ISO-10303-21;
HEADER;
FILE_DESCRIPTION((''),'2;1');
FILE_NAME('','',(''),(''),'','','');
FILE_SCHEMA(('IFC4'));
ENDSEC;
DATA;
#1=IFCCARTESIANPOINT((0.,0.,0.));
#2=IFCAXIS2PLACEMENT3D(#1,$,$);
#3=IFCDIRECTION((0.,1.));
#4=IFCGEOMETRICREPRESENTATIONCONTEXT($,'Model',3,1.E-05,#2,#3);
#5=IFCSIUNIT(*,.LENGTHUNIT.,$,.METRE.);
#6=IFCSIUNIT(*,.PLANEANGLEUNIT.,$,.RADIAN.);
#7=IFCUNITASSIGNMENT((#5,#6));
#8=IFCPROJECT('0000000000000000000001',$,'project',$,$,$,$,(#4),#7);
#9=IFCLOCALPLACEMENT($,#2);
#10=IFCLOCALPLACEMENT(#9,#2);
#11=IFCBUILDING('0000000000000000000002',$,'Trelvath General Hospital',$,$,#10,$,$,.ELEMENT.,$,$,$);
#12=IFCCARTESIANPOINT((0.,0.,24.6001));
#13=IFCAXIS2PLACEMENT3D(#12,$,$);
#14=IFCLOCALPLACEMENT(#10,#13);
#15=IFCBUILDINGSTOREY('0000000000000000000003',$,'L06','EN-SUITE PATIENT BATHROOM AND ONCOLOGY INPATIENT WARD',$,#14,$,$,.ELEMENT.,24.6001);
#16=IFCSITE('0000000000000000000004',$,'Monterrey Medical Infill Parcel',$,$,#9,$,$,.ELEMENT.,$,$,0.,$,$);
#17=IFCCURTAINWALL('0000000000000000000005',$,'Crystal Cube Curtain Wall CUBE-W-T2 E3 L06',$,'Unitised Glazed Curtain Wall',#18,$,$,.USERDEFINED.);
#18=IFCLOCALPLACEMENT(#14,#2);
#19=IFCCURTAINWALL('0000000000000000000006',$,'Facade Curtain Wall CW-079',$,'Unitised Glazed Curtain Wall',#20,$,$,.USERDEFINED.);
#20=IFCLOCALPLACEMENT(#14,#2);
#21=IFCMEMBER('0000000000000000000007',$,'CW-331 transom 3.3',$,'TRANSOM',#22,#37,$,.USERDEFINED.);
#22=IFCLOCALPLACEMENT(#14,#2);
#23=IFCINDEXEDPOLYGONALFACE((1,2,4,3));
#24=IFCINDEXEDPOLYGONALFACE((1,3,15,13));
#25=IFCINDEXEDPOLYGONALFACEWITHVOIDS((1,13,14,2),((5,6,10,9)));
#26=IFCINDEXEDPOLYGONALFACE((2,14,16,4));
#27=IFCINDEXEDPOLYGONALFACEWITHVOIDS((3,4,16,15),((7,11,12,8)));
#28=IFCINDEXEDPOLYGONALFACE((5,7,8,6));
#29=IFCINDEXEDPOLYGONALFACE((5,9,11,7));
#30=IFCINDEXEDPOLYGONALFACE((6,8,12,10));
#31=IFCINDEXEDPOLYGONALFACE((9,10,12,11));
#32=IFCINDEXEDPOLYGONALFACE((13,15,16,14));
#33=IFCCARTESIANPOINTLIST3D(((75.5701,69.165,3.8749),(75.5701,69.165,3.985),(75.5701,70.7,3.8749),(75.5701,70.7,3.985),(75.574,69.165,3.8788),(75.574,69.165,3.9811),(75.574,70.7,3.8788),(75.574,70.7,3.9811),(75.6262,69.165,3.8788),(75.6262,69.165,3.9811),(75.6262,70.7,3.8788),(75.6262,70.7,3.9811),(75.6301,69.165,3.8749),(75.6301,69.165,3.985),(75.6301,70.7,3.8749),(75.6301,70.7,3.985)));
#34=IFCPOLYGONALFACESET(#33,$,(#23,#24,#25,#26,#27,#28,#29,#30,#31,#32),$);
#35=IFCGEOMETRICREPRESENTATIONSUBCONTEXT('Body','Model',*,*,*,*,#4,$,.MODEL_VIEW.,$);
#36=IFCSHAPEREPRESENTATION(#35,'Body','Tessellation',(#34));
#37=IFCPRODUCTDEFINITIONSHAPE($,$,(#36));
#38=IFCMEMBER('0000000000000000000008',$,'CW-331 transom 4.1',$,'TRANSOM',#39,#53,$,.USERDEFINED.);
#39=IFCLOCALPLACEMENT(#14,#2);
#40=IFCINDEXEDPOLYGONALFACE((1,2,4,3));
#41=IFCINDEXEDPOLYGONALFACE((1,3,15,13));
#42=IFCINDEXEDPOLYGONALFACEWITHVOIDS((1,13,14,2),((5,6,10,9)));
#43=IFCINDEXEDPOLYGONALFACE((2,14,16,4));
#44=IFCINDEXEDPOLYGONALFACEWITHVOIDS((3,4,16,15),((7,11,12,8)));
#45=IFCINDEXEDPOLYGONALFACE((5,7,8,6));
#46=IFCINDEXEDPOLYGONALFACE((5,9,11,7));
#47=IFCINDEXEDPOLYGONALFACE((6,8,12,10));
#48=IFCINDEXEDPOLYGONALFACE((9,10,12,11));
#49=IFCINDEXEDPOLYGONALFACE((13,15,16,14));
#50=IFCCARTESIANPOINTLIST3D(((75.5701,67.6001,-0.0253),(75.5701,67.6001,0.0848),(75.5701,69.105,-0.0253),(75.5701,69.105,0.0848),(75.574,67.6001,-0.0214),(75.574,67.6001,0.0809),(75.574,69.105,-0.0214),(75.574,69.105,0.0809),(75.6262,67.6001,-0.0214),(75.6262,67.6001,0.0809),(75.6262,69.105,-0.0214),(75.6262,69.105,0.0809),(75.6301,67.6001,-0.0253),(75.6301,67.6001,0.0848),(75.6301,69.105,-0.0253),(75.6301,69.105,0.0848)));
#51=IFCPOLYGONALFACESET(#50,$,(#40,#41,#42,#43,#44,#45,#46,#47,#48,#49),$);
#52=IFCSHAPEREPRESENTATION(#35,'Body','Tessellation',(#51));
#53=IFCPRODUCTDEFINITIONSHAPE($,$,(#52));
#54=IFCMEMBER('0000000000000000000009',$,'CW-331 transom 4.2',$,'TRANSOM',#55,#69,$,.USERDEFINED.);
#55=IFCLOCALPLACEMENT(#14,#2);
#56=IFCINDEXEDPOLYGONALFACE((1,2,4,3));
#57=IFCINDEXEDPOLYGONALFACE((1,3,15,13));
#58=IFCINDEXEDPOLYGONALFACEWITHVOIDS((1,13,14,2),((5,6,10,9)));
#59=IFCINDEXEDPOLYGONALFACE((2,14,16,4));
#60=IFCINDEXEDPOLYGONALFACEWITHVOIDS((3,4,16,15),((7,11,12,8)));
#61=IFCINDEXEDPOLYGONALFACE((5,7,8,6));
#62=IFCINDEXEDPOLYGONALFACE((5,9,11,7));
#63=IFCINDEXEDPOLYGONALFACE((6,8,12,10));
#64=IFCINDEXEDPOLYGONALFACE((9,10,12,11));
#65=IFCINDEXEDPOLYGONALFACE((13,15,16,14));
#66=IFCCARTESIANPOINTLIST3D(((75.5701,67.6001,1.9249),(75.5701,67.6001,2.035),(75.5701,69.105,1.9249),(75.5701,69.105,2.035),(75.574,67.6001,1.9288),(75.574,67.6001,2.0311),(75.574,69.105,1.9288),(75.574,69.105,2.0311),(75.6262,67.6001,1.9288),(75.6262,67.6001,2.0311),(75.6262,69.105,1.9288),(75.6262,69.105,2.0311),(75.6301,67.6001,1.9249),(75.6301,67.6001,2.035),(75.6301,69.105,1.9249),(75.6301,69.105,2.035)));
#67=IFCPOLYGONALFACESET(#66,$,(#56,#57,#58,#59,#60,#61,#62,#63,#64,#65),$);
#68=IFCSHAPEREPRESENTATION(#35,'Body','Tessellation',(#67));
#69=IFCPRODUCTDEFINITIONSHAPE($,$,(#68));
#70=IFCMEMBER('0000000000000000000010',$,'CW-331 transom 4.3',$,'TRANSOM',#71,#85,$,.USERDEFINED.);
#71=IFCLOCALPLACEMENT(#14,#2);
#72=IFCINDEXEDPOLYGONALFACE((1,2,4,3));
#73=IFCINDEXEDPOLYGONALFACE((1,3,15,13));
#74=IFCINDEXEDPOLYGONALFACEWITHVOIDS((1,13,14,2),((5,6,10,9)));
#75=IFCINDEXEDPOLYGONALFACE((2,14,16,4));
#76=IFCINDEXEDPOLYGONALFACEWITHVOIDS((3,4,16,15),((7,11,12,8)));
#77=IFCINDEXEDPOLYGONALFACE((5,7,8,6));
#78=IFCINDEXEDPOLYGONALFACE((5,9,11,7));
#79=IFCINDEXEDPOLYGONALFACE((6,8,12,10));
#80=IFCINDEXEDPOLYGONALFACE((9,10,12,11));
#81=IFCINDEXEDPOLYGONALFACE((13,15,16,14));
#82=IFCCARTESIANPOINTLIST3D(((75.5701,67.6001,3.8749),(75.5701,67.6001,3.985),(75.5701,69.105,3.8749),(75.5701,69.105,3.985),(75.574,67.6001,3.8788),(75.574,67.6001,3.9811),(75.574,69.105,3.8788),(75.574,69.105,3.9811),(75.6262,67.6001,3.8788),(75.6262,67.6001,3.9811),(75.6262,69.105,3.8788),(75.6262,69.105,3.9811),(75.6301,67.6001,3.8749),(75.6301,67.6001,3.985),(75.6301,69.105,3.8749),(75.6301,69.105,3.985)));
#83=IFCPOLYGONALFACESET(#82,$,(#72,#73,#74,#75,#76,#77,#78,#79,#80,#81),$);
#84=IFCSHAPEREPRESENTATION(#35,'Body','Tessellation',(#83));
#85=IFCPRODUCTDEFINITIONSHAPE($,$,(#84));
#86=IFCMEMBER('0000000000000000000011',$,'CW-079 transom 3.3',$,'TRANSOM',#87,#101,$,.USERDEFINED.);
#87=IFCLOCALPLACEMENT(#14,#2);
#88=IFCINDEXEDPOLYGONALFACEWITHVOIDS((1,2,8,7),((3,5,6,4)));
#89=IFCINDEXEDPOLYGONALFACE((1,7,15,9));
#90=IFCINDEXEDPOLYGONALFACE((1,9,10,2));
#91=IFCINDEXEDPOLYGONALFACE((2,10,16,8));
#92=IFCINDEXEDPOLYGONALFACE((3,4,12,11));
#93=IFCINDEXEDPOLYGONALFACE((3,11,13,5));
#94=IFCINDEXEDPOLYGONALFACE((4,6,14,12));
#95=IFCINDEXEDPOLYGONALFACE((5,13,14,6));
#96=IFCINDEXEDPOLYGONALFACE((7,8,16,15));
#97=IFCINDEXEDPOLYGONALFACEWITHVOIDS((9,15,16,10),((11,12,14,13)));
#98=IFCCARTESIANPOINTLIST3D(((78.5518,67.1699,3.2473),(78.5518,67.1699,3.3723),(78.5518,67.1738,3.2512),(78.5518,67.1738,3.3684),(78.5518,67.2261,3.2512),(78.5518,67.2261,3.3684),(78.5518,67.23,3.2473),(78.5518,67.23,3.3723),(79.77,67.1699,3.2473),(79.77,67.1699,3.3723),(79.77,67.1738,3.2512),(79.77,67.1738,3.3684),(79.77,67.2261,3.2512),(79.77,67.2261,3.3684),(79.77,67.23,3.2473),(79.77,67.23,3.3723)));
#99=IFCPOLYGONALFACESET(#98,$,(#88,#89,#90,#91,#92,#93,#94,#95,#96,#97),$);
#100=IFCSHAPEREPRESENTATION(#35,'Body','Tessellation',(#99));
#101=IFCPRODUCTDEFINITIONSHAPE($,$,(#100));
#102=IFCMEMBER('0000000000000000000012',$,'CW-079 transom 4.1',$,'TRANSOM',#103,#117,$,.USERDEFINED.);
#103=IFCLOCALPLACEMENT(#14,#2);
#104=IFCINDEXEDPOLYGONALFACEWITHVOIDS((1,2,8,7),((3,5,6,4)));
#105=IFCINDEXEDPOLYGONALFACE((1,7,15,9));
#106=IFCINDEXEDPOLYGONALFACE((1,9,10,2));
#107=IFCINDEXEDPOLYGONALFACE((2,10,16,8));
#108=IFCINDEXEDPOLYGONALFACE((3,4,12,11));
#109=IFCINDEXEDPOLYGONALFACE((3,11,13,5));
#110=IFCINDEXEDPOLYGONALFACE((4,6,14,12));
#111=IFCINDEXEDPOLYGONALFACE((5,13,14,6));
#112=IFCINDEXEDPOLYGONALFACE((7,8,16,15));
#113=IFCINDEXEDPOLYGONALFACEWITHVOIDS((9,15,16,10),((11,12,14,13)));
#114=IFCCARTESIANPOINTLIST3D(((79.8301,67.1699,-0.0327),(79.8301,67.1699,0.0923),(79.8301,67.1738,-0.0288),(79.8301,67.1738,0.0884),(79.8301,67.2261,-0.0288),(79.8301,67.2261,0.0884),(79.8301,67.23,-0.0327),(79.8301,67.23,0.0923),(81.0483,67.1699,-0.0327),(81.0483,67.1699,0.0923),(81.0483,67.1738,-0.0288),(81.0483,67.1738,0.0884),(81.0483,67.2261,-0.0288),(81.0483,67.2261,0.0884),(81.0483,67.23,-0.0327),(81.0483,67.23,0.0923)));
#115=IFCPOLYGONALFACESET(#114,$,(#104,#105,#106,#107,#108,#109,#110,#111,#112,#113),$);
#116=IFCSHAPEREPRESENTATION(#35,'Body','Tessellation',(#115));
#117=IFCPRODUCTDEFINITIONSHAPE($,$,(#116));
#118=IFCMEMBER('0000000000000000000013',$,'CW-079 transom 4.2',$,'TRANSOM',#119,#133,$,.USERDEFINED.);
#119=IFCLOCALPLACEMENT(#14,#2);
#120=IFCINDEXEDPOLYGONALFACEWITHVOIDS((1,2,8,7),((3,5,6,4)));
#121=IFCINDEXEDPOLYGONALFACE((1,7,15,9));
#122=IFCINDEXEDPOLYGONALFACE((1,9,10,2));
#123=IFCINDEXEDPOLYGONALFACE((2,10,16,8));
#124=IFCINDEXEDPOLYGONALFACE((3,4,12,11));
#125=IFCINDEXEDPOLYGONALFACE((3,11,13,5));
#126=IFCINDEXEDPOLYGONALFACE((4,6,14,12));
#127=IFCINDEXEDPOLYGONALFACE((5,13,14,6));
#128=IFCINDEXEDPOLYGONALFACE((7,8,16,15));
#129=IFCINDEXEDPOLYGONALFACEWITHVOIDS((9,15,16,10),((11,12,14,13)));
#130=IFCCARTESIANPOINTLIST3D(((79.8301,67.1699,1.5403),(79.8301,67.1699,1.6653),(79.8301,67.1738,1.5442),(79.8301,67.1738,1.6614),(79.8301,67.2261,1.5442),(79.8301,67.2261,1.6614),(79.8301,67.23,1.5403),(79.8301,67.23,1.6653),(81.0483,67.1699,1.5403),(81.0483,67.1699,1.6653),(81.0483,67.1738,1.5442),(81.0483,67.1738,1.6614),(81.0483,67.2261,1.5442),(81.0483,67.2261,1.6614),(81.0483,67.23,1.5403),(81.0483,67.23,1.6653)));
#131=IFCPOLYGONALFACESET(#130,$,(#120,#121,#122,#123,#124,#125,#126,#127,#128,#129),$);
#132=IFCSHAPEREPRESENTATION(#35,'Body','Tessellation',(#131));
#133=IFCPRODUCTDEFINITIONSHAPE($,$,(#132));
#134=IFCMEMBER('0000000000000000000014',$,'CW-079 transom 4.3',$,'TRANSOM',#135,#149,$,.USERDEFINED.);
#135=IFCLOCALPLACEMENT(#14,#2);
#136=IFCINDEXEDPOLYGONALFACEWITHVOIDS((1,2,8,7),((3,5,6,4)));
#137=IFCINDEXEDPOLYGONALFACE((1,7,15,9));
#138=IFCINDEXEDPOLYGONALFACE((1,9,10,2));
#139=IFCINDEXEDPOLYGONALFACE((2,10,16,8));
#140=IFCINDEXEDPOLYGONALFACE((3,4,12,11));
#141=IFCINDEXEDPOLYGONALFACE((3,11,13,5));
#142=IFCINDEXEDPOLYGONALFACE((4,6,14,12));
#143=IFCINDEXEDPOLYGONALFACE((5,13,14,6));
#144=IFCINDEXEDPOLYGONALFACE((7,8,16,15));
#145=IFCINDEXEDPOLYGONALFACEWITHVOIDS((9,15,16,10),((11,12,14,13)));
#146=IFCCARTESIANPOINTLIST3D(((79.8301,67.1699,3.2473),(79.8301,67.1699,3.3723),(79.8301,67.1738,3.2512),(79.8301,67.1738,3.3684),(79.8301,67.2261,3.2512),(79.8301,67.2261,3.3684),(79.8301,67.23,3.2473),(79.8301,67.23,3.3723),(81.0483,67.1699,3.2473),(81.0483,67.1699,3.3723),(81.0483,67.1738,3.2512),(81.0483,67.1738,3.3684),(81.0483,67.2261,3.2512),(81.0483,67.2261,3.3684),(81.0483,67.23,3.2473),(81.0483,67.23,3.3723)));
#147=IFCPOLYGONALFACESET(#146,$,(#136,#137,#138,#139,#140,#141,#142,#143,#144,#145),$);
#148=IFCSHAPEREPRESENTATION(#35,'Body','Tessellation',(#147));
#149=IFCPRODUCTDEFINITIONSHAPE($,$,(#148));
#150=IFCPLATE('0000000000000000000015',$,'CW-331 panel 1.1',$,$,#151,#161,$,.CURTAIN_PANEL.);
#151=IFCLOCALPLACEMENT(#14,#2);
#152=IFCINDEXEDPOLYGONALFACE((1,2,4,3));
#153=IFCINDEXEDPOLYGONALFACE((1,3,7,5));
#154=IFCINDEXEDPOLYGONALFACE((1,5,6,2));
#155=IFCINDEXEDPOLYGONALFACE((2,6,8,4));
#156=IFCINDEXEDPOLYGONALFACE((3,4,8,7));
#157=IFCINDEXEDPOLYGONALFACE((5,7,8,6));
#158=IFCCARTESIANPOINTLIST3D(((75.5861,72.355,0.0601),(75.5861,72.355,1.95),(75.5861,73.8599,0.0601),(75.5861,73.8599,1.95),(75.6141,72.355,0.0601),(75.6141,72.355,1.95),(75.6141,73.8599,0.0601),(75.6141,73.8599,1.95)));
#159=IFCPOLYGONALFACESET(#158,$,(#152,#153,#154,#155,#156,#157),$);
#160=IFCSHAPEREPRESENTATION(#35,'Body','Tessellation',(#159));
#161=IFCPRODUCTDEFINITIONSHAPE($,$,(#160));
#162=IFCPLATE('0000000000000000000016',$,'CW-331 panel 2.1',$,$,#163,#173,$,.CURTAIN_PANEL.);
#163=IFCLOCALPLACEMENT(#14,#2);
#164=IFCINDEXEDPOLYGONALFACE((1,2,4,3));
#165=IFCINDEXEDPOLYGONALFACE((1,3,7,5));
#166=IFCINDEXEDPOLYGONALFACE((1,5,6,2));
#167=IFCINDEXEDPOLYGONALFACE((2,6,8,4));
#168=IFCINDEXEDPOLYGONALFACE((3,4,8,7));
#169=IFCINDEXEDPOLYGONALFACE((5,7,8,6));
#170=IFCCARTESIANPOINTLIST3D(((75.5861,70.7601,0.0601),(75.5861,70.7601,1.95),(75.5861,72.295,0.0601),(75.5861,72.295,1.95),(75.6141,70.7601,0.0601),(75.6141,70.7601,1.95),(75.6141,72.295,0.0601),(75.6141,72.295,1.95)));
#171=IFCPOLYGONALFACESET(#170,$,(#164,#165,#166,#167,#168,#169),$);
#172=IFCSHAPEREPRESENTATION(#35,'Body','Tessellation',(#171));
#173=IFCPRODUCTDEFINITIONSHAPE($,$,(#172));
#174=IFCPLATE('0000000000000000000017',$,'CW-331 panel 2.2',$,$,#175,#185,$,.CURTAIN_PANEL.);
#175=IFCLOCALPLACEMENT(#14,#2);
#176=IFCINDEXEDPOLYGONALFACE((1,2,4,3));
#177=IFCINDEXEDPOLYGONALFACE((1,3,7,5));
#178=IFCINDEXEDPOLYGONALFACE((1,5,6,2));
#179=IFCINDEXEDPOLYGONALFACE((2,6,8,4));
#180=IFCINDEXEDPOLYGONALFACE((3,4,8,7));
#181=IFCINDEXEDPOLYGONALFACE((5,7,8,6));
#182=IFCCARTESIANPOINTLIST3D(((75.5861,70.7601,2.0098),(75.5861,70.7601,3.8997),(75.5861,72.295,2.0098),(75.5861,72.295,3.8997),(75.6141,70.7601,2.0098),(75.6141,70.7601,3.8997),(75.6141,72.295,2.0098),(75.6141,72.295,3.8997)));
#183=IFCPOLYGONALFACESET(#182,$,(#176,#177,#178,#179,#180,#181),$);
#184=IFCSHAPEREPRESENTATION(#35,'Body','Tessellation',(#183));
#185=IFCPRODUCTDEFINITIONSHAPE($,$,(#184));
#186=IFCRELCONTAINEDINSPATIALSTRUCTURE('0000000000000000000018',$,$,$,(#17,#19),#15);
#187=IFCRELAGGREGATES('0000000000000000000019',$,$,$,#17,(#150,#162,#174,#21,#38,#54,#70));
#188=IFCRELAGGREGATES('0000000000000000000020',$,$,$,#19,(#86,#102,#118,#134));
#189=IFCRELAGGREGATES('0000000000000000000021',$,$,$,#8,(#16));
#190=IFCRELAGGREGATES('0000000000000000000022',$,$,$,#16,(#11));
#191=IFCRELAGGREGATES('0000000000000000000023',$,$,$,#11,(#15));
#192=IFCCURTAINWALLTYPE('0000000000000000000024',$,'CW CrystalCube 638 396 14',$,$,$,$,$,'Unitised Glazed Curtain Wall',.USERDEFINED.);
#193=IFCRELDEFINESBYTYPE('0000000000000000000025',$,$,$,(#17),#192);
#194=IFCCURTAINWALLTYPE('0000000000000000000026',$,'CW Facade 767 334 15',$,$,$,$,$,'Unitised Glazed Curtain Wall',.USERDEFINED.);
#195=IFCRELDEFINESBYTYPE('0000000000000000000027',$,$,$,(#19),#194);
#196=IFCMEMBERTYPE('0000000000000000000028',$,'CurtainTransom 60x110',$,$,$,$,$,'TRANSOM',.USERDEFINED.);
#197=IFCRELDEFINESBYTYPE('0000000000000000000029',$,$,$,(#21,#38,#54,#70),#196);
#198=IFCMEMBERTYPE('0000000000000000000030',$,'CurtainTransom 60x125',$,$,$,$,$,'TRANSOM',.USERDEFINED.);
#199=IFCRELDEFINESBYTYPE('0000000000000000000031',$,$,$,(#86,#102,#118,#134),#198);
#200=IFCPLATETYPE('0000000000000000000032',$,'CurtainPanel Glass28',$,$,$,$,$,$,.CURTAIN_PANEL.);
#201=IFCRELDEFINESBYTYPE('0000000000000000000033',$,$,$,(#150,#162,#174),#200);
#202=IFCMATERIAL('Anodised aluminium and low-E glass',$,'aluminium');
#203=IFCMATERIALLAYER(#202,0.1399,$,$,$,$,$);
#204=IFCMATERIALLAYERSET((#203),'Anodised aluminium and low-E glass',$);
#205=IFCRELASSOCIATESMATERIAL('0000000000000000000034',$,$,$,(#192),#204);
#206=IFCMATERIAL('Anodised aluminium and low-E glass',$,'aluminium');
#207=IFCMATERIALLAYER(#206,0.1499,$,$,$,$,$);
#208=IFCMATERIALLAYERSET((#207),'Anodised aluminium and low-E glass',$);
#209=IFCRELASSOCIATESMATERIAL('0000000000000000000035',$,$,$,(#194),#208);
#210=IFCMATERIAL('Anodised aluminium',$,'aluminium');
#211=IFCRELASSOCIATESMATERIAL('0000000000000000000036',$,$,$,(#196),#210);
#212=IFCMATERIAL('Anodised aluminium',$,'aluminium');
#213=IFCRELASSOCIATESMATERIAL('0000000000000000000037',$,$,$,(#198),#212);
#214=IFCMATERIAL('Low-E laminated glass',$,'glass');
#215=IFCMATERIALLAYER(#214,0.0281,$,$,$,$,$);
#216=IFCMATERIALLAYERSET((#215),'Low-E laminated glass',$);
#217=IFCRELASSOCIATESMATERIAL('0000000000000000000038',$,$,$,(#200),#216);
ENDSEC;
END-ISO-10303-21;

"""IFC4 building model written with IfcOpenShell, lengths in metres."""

from ifc_helpers import new_model, si_unit, direction, frame, origin, origin_2d, place, context, subcontext, project, spatial, rectangle, hollow_rectangle, extrude, material, layer, layer_set, material_profile, profile_set, type_object, element, aggregate, save


model = new_model("IFC4")

# Units and contexts
model_context = context("Model", 3, precision=1e-05, world=origin(), true_north=direction((0.0, 1.0)))
body_context = subcontext(model_context, "Body", "Model", "MODEL_VIEW")
ifc_project = project(units=[si_unit("LENGTHUNIT", "METRE"), si_unit("PLANEANGLEUNIT", "RADIAN")], contexts=[model_context])

# Site, building, storey
site_placement = place(None, origin())
site = spatial("IfcSite", under=ifc_project, at=site_placement, Name="Monterrey Medical Infill Parcel", CompositionType="ELEMENT", RefElevation=0.0)
building_placement = place(site_placement, origin())
building = spatial("IfcBuilding", under=site, at=building_placement, Name="Trelvath General Hospital", CompositionType="ELEMENT")
storey_placement = place(building_placement, frame((0.0, 0.0, 24.6001)))
storey = spatial("IfcBuildingStorey", under=building, at=storey_placement, Name="L06", Description="EN-SUITE PATIENT BATHROOM AND ONCOLOGY INPATIENT WARD", CompositionType="ELEMENT", Elevation=24.6001)

# Curtain wall
ifc_material_1 = material(Name="Anodised aluminium and low-E glass", Category="aluminium")
ifc_layer_1 = layer(ifc_material_1, 0.1399)
ifc_layer_set_1 = layer_set([ifc_layer_1], Name="Anodised aluminium and low-E glass")
curtain_wall_type_1 = type_object("IfcCurtainWallType", Name="CW CrystalCube 638 396 14", ElementType="Unitised Glazed Curtain Wall", PredefinedType="USERDEFINED", material=ifc_layer_set_1)
curtain_wall_1_placement = place(storey_placement, origin())
curtain_wall_1 = element("IfcCurtainWall", 1, at=curtain_wall_1_placement, inside=storey, type_object=curtain_wall_type_1, Name="Crystal Cube Curtain Wall CUBE-W-T2 E3 L06", ObjectType="Unitised Glazed Curtain Wall", PredefinedType="USERDEFINED")

# Curtain wall
ifc_material_2 = material(Name="Anodised aluminium and low-E glass", Category="aluminium")
ifc_layer_2 = layer(ifc_material_2, 0.1499)
ifc_layer_set_2 = layer_set([ifc_layer_2], Name="Anodised aluminium and low-E glass")
curtain_wall_type_2 = type_object("IfcCurtainWallType", Name="CW Facade 767 334 15", ElementType="Unitised Glazed Curtain Wall", PredefinedType="USERDEFINED", material=ifc_layer_set_2)
curtain_wall_2_placement = place(storey_placement, origin())
curtain_wall_2 = element("IfcCurtainWall", 2, at=curtain_wall_2_placement, inside=storey, type_object=curtain_wall_type_2, Name="Facade Curtain Wall CW-079", ObjectType="Unitised Glazed Curtain Wall", PredefinedType="USERDEFINED")

# Members
ifc_material_3 = material(Name="Anodised aluminium", Category="aluminium")
ifc_material_profile_1 = material_profile(ifc_material_3, hollow_rectangle(XDim=0.0601, YDim=0.1101, WallThickness=0.0039, at=origin_2d()), Name="RHS60x110x4")
ifc_profile_set_1 = profile_set([ifc_material_profile_1], Name="Anodised aluminium")
member_type_1 = type_object("IfcMemberType", Name="CurtainTransom 60x110", ElementType="TRANSOM", PredefinedType="USERDEFINED", material=ifc_profile_set_1)
member_1_placement = place(storey_placement, frame((75.6001, 70.7, 3.9299), z_axis=(0.0, -1.0, 0.0), x_axis=(1.0, 0.0, 0.0)))
member_1 = element("IfcMember", 3, at=member_1_placement, type_object=member_type_1, Name="CW-331 transom 3.3", ObjectType="TRANSOM", PredefinedType="USERDEFINED", context=body_context, shape_type="SweptSolid", body=[
    extrude(hollow_rectangle(XDim=0.0601, YDim=0.1101, WallThickness=0.0039, at=origin_2d()), origin(), (0.0, 0.0, 1.0), 1.5349),
])
member_2_placement = place(storey_placement, frame((75.6001, 69.105, 0.0298), z_axis=(0.0, -1.0, 0.0), x_axis=(1.0, 0.0, 0.0)))
member_2 = element("IfcMember", 4, at=member_2_placement, type_object=member_type_1, Name="CW-331 transom 4.1", ObjectType="TRANSOM", PredefinedType="USERDEFINED", context=body_context, shape_type="SweptSolid", body=[
    extrude(hollow_rectangle(XDim=0.0601, YDim=0.1101, WallThickness=0.0039, at=origin_2d()), origin(), (0.0, 0.0, 1.0), 1.5049),
])
member_3_placement = place(storey_placement, frame((75.6001, 69.105, 1.98), z_axis=(0.0, -1.0, 0.0), x_axis=(1.0, 0.0, 0.0)))
member_3 = element("IfcMember", 5, at=member_3_placement, type_object=member_type_1, Name="CW-331 transom 4.2", ObjectType="TRANSOM", PredefinedType="USERDEFINED", context=body_context, shape_type="SweptSolid", body=[
    extrude(hollow_rectangle(XDim=0.0601, YDim=0.1101, WallThickness=0.0039, at=origin_2d()), origin(), (0.0, 0.0, 1.0), 1.5049),
])
member_4_placement = place(storey_placement, frame((75.6001, 69.105, 3.9299), z_axis=(0.0, -1.0, 0.0), x_axis=(1.0, 0.0, 0.0)))
member_4 = element("IfcMember", 6, at=member_4_placement, type_object=member_type_1, Name="CW-331 transom 4.3", ObjectType="TRANSOM", PredefinedType="USERDEFINED", context=body_context, shape_type="SweptSolid", body=[
    extrude(hollow_rectangle(XDim=0.0601, YDim=0.1101, WallThickness=0.0039, at=origin_2d()), origin(), (0.0, 0.0, 1.0), 1.5049),
])
ifc_material_4 = material(Name="Anodised aluminium", Category="aluminium")
ifc_material_profile_2 = material_profile(ifc_material_4, hollow_rectangle(XDim=0.0601, YDim=0.125, WallThickness=0.0039, at=origin_2d()), Name="RHS60x125x4")
ifc_profile_set_2 = profile_set([ifc_material_profile_2], Name="Anodised aluminium")
member_type_2 = type_object("IfcMemberType", Name="CurtainTransom 60x125", ElementType="TRANSOM", PredefinedType="USERDEFINED", material=ifc_profile_set_2)
member_5_placement = place(storey_placement, frame((78.5518, 67.2, 3.3098), z_axis=(1.0, 0.0, 0.0), x_axis=(0.0, 1.0, 0.0)))
member_5 = element("IfcMember", 7, at=member_5_placement, type_object=member_type_2, Name="CW-079 transom 3.3", ObjectType="TRANSOM", PredefinedType="USERDEFINED", context=body_context, shape_type="SweptSolid", body=[
    extrude(hollow_rectangle(XDim=0.0601, YDim=0.125, WallThickness=0.0039, at=origin_2d()), origin(), (0.0, 0.0, 1.0), 1.2183),
])
member_6_placement = place(storey_placement, frame((79.8301, 67.2, 0.0298), z_axis=(1.0, 0.0, 0.0), x_axis=(0.0, 1.0, 0.0)))
member_6 = element("IfcMember", 8, at=member_6_placement, type_object=member_type_2, Name="CW-079 transom 4.1", ObjectType="TRANSOM", PredefinedType="USERDEFINED", context=body_context, shape_type="SweptSolid", body=[
    extrude(hollow_rectangle(XDim=0.0601, YDim=0.125, WallThickness=0.0039, at=origin_2d()), origin(), (0.0, 0.0, 1.0), 1.2183),
])
member_7_placement = place(storey_placement, frame((79.8301, 67.2, 1.6028), z_axis=(1.0, 0.0, 0.0), x_axis=(0.0, 1.0, 0.0)))
member_7 = element("IfcMember", 9, at=member_7_placement, type_object=member_type_2, Name="CW-079 transom 4.2", ObjectType="TRANSOM", PredefinedType="USERDEFINED", context=body_context, shape_type="SweptSolid", body=[
    extrude(hollow_rectangle(XDim=0.0601, YDim=0.125, WallThickness=0.0039, at=origin_2d()), origin(), (0.0, 0.0, 1.0), 1.2183),
])
member_8_placement = place(storey_placement, frame((79.8301, 67.2, 3.3098), z_axis=(1.0, 0.0, 0.0), x_axis=(0.0, 1.0, 0.0)))
member_8 = element("IfcMember", 10, at=member_8_placement, type_object=member_type_2, Name="CW-079 transom 4.3", ObjectType="TRANSOM", PredefinedType="USERDEFINED", context=body_context, shape_type="SweptSolid", body=[
    extrude(hollow_rectangle(XDim=0.0601, YDim=0.125, WallThickness=0.0039, at=origin_2d()), origin(), (0.0, 0.0, 1.0), 1.2183),
])

# Plates
ifc_material_5 = material(Name="Low-E laminated glass", Category="glass")
ifc_layer_3 = layer(ifc_material_5, 0.0281)
ifc_layer_set_3 = layer_set([ifc_layer_3], Name="Low-E laminated glass")
plate_type_1 = type_object("IfcPlateType", Name="CurtainPanel Glass28", PredefinedType="CURTAIN_PANEL", material=ifc_layer_set_3)
plate_1_placement = place(storey_placement, frame((75.6001, 73.1074, 0.0601), z_axis=(0.0, 0.0, 1.0), x_axis=(0.0, -1.0, 0.0)))
plate_1 = element("IfcPlate", 11, at=plate_1_placement, type_object=plate_type_1, Name="CW-331 panel 1.1", PredefinedType="CURTAIN_PANEL", context=body_context, shape_type="SweptSolid", body=[
    extrude(rectangle(XDim=1.5049, YDim=0.0281, at=origin_2d()), origin(), (0.0, 0.0, 1.0), 1.8899),
])
plate_2_placement = place(storey_placement, frame((75.6001, 71.5276, 0.0601), z_axis=(0.0, 0.0, 1.0), x_axis=(0.0, -1.0, 0.0)))
plate_2 = element("IfcPlate", 12, at=plate_2_placement, type_object=plate_type_1, Name="CW-331 panel 2.1", PredefinedType="CURTAIN_PANEL", context=body_context, shape_type="SweptSolid", body=[
    extrude(rectangle(XDim=1.5349, YDim=0.0281, at=origin_2d()), origin(), (0.0, 0.0, 1.0), 1.8899),
])
plate_3_placement = place(storey_placement, frame((75.6001, 71.5276, 2.0098), z_axis=(0.0, 0.0, 1.0), x_axis=(0.0, -1.0, 0.0)))
plate_3 = element("IfcPlate", 13, at=plate_3_placement, type_object=plate_type_1, Name="CW-331 panel 2.2", PredefinedType="CURTAIN_PANEL", context=body_context, shape_type="SweptSolid", body=[
    extrude(rectangle(XDim=1.5349, YDim=0.0281, at=origin_2d()), origin(), (0.0, 0.0, 1.0), 1.8899),
])
aggregate(curtain_wall_1, [plate_1, plate_2, plate_3, member_1, member_2, member_3, member_4])
aggregate(curtain_wall_2, [member_5, member_6, member_7, member_8])

save(model, "model.ifc")
